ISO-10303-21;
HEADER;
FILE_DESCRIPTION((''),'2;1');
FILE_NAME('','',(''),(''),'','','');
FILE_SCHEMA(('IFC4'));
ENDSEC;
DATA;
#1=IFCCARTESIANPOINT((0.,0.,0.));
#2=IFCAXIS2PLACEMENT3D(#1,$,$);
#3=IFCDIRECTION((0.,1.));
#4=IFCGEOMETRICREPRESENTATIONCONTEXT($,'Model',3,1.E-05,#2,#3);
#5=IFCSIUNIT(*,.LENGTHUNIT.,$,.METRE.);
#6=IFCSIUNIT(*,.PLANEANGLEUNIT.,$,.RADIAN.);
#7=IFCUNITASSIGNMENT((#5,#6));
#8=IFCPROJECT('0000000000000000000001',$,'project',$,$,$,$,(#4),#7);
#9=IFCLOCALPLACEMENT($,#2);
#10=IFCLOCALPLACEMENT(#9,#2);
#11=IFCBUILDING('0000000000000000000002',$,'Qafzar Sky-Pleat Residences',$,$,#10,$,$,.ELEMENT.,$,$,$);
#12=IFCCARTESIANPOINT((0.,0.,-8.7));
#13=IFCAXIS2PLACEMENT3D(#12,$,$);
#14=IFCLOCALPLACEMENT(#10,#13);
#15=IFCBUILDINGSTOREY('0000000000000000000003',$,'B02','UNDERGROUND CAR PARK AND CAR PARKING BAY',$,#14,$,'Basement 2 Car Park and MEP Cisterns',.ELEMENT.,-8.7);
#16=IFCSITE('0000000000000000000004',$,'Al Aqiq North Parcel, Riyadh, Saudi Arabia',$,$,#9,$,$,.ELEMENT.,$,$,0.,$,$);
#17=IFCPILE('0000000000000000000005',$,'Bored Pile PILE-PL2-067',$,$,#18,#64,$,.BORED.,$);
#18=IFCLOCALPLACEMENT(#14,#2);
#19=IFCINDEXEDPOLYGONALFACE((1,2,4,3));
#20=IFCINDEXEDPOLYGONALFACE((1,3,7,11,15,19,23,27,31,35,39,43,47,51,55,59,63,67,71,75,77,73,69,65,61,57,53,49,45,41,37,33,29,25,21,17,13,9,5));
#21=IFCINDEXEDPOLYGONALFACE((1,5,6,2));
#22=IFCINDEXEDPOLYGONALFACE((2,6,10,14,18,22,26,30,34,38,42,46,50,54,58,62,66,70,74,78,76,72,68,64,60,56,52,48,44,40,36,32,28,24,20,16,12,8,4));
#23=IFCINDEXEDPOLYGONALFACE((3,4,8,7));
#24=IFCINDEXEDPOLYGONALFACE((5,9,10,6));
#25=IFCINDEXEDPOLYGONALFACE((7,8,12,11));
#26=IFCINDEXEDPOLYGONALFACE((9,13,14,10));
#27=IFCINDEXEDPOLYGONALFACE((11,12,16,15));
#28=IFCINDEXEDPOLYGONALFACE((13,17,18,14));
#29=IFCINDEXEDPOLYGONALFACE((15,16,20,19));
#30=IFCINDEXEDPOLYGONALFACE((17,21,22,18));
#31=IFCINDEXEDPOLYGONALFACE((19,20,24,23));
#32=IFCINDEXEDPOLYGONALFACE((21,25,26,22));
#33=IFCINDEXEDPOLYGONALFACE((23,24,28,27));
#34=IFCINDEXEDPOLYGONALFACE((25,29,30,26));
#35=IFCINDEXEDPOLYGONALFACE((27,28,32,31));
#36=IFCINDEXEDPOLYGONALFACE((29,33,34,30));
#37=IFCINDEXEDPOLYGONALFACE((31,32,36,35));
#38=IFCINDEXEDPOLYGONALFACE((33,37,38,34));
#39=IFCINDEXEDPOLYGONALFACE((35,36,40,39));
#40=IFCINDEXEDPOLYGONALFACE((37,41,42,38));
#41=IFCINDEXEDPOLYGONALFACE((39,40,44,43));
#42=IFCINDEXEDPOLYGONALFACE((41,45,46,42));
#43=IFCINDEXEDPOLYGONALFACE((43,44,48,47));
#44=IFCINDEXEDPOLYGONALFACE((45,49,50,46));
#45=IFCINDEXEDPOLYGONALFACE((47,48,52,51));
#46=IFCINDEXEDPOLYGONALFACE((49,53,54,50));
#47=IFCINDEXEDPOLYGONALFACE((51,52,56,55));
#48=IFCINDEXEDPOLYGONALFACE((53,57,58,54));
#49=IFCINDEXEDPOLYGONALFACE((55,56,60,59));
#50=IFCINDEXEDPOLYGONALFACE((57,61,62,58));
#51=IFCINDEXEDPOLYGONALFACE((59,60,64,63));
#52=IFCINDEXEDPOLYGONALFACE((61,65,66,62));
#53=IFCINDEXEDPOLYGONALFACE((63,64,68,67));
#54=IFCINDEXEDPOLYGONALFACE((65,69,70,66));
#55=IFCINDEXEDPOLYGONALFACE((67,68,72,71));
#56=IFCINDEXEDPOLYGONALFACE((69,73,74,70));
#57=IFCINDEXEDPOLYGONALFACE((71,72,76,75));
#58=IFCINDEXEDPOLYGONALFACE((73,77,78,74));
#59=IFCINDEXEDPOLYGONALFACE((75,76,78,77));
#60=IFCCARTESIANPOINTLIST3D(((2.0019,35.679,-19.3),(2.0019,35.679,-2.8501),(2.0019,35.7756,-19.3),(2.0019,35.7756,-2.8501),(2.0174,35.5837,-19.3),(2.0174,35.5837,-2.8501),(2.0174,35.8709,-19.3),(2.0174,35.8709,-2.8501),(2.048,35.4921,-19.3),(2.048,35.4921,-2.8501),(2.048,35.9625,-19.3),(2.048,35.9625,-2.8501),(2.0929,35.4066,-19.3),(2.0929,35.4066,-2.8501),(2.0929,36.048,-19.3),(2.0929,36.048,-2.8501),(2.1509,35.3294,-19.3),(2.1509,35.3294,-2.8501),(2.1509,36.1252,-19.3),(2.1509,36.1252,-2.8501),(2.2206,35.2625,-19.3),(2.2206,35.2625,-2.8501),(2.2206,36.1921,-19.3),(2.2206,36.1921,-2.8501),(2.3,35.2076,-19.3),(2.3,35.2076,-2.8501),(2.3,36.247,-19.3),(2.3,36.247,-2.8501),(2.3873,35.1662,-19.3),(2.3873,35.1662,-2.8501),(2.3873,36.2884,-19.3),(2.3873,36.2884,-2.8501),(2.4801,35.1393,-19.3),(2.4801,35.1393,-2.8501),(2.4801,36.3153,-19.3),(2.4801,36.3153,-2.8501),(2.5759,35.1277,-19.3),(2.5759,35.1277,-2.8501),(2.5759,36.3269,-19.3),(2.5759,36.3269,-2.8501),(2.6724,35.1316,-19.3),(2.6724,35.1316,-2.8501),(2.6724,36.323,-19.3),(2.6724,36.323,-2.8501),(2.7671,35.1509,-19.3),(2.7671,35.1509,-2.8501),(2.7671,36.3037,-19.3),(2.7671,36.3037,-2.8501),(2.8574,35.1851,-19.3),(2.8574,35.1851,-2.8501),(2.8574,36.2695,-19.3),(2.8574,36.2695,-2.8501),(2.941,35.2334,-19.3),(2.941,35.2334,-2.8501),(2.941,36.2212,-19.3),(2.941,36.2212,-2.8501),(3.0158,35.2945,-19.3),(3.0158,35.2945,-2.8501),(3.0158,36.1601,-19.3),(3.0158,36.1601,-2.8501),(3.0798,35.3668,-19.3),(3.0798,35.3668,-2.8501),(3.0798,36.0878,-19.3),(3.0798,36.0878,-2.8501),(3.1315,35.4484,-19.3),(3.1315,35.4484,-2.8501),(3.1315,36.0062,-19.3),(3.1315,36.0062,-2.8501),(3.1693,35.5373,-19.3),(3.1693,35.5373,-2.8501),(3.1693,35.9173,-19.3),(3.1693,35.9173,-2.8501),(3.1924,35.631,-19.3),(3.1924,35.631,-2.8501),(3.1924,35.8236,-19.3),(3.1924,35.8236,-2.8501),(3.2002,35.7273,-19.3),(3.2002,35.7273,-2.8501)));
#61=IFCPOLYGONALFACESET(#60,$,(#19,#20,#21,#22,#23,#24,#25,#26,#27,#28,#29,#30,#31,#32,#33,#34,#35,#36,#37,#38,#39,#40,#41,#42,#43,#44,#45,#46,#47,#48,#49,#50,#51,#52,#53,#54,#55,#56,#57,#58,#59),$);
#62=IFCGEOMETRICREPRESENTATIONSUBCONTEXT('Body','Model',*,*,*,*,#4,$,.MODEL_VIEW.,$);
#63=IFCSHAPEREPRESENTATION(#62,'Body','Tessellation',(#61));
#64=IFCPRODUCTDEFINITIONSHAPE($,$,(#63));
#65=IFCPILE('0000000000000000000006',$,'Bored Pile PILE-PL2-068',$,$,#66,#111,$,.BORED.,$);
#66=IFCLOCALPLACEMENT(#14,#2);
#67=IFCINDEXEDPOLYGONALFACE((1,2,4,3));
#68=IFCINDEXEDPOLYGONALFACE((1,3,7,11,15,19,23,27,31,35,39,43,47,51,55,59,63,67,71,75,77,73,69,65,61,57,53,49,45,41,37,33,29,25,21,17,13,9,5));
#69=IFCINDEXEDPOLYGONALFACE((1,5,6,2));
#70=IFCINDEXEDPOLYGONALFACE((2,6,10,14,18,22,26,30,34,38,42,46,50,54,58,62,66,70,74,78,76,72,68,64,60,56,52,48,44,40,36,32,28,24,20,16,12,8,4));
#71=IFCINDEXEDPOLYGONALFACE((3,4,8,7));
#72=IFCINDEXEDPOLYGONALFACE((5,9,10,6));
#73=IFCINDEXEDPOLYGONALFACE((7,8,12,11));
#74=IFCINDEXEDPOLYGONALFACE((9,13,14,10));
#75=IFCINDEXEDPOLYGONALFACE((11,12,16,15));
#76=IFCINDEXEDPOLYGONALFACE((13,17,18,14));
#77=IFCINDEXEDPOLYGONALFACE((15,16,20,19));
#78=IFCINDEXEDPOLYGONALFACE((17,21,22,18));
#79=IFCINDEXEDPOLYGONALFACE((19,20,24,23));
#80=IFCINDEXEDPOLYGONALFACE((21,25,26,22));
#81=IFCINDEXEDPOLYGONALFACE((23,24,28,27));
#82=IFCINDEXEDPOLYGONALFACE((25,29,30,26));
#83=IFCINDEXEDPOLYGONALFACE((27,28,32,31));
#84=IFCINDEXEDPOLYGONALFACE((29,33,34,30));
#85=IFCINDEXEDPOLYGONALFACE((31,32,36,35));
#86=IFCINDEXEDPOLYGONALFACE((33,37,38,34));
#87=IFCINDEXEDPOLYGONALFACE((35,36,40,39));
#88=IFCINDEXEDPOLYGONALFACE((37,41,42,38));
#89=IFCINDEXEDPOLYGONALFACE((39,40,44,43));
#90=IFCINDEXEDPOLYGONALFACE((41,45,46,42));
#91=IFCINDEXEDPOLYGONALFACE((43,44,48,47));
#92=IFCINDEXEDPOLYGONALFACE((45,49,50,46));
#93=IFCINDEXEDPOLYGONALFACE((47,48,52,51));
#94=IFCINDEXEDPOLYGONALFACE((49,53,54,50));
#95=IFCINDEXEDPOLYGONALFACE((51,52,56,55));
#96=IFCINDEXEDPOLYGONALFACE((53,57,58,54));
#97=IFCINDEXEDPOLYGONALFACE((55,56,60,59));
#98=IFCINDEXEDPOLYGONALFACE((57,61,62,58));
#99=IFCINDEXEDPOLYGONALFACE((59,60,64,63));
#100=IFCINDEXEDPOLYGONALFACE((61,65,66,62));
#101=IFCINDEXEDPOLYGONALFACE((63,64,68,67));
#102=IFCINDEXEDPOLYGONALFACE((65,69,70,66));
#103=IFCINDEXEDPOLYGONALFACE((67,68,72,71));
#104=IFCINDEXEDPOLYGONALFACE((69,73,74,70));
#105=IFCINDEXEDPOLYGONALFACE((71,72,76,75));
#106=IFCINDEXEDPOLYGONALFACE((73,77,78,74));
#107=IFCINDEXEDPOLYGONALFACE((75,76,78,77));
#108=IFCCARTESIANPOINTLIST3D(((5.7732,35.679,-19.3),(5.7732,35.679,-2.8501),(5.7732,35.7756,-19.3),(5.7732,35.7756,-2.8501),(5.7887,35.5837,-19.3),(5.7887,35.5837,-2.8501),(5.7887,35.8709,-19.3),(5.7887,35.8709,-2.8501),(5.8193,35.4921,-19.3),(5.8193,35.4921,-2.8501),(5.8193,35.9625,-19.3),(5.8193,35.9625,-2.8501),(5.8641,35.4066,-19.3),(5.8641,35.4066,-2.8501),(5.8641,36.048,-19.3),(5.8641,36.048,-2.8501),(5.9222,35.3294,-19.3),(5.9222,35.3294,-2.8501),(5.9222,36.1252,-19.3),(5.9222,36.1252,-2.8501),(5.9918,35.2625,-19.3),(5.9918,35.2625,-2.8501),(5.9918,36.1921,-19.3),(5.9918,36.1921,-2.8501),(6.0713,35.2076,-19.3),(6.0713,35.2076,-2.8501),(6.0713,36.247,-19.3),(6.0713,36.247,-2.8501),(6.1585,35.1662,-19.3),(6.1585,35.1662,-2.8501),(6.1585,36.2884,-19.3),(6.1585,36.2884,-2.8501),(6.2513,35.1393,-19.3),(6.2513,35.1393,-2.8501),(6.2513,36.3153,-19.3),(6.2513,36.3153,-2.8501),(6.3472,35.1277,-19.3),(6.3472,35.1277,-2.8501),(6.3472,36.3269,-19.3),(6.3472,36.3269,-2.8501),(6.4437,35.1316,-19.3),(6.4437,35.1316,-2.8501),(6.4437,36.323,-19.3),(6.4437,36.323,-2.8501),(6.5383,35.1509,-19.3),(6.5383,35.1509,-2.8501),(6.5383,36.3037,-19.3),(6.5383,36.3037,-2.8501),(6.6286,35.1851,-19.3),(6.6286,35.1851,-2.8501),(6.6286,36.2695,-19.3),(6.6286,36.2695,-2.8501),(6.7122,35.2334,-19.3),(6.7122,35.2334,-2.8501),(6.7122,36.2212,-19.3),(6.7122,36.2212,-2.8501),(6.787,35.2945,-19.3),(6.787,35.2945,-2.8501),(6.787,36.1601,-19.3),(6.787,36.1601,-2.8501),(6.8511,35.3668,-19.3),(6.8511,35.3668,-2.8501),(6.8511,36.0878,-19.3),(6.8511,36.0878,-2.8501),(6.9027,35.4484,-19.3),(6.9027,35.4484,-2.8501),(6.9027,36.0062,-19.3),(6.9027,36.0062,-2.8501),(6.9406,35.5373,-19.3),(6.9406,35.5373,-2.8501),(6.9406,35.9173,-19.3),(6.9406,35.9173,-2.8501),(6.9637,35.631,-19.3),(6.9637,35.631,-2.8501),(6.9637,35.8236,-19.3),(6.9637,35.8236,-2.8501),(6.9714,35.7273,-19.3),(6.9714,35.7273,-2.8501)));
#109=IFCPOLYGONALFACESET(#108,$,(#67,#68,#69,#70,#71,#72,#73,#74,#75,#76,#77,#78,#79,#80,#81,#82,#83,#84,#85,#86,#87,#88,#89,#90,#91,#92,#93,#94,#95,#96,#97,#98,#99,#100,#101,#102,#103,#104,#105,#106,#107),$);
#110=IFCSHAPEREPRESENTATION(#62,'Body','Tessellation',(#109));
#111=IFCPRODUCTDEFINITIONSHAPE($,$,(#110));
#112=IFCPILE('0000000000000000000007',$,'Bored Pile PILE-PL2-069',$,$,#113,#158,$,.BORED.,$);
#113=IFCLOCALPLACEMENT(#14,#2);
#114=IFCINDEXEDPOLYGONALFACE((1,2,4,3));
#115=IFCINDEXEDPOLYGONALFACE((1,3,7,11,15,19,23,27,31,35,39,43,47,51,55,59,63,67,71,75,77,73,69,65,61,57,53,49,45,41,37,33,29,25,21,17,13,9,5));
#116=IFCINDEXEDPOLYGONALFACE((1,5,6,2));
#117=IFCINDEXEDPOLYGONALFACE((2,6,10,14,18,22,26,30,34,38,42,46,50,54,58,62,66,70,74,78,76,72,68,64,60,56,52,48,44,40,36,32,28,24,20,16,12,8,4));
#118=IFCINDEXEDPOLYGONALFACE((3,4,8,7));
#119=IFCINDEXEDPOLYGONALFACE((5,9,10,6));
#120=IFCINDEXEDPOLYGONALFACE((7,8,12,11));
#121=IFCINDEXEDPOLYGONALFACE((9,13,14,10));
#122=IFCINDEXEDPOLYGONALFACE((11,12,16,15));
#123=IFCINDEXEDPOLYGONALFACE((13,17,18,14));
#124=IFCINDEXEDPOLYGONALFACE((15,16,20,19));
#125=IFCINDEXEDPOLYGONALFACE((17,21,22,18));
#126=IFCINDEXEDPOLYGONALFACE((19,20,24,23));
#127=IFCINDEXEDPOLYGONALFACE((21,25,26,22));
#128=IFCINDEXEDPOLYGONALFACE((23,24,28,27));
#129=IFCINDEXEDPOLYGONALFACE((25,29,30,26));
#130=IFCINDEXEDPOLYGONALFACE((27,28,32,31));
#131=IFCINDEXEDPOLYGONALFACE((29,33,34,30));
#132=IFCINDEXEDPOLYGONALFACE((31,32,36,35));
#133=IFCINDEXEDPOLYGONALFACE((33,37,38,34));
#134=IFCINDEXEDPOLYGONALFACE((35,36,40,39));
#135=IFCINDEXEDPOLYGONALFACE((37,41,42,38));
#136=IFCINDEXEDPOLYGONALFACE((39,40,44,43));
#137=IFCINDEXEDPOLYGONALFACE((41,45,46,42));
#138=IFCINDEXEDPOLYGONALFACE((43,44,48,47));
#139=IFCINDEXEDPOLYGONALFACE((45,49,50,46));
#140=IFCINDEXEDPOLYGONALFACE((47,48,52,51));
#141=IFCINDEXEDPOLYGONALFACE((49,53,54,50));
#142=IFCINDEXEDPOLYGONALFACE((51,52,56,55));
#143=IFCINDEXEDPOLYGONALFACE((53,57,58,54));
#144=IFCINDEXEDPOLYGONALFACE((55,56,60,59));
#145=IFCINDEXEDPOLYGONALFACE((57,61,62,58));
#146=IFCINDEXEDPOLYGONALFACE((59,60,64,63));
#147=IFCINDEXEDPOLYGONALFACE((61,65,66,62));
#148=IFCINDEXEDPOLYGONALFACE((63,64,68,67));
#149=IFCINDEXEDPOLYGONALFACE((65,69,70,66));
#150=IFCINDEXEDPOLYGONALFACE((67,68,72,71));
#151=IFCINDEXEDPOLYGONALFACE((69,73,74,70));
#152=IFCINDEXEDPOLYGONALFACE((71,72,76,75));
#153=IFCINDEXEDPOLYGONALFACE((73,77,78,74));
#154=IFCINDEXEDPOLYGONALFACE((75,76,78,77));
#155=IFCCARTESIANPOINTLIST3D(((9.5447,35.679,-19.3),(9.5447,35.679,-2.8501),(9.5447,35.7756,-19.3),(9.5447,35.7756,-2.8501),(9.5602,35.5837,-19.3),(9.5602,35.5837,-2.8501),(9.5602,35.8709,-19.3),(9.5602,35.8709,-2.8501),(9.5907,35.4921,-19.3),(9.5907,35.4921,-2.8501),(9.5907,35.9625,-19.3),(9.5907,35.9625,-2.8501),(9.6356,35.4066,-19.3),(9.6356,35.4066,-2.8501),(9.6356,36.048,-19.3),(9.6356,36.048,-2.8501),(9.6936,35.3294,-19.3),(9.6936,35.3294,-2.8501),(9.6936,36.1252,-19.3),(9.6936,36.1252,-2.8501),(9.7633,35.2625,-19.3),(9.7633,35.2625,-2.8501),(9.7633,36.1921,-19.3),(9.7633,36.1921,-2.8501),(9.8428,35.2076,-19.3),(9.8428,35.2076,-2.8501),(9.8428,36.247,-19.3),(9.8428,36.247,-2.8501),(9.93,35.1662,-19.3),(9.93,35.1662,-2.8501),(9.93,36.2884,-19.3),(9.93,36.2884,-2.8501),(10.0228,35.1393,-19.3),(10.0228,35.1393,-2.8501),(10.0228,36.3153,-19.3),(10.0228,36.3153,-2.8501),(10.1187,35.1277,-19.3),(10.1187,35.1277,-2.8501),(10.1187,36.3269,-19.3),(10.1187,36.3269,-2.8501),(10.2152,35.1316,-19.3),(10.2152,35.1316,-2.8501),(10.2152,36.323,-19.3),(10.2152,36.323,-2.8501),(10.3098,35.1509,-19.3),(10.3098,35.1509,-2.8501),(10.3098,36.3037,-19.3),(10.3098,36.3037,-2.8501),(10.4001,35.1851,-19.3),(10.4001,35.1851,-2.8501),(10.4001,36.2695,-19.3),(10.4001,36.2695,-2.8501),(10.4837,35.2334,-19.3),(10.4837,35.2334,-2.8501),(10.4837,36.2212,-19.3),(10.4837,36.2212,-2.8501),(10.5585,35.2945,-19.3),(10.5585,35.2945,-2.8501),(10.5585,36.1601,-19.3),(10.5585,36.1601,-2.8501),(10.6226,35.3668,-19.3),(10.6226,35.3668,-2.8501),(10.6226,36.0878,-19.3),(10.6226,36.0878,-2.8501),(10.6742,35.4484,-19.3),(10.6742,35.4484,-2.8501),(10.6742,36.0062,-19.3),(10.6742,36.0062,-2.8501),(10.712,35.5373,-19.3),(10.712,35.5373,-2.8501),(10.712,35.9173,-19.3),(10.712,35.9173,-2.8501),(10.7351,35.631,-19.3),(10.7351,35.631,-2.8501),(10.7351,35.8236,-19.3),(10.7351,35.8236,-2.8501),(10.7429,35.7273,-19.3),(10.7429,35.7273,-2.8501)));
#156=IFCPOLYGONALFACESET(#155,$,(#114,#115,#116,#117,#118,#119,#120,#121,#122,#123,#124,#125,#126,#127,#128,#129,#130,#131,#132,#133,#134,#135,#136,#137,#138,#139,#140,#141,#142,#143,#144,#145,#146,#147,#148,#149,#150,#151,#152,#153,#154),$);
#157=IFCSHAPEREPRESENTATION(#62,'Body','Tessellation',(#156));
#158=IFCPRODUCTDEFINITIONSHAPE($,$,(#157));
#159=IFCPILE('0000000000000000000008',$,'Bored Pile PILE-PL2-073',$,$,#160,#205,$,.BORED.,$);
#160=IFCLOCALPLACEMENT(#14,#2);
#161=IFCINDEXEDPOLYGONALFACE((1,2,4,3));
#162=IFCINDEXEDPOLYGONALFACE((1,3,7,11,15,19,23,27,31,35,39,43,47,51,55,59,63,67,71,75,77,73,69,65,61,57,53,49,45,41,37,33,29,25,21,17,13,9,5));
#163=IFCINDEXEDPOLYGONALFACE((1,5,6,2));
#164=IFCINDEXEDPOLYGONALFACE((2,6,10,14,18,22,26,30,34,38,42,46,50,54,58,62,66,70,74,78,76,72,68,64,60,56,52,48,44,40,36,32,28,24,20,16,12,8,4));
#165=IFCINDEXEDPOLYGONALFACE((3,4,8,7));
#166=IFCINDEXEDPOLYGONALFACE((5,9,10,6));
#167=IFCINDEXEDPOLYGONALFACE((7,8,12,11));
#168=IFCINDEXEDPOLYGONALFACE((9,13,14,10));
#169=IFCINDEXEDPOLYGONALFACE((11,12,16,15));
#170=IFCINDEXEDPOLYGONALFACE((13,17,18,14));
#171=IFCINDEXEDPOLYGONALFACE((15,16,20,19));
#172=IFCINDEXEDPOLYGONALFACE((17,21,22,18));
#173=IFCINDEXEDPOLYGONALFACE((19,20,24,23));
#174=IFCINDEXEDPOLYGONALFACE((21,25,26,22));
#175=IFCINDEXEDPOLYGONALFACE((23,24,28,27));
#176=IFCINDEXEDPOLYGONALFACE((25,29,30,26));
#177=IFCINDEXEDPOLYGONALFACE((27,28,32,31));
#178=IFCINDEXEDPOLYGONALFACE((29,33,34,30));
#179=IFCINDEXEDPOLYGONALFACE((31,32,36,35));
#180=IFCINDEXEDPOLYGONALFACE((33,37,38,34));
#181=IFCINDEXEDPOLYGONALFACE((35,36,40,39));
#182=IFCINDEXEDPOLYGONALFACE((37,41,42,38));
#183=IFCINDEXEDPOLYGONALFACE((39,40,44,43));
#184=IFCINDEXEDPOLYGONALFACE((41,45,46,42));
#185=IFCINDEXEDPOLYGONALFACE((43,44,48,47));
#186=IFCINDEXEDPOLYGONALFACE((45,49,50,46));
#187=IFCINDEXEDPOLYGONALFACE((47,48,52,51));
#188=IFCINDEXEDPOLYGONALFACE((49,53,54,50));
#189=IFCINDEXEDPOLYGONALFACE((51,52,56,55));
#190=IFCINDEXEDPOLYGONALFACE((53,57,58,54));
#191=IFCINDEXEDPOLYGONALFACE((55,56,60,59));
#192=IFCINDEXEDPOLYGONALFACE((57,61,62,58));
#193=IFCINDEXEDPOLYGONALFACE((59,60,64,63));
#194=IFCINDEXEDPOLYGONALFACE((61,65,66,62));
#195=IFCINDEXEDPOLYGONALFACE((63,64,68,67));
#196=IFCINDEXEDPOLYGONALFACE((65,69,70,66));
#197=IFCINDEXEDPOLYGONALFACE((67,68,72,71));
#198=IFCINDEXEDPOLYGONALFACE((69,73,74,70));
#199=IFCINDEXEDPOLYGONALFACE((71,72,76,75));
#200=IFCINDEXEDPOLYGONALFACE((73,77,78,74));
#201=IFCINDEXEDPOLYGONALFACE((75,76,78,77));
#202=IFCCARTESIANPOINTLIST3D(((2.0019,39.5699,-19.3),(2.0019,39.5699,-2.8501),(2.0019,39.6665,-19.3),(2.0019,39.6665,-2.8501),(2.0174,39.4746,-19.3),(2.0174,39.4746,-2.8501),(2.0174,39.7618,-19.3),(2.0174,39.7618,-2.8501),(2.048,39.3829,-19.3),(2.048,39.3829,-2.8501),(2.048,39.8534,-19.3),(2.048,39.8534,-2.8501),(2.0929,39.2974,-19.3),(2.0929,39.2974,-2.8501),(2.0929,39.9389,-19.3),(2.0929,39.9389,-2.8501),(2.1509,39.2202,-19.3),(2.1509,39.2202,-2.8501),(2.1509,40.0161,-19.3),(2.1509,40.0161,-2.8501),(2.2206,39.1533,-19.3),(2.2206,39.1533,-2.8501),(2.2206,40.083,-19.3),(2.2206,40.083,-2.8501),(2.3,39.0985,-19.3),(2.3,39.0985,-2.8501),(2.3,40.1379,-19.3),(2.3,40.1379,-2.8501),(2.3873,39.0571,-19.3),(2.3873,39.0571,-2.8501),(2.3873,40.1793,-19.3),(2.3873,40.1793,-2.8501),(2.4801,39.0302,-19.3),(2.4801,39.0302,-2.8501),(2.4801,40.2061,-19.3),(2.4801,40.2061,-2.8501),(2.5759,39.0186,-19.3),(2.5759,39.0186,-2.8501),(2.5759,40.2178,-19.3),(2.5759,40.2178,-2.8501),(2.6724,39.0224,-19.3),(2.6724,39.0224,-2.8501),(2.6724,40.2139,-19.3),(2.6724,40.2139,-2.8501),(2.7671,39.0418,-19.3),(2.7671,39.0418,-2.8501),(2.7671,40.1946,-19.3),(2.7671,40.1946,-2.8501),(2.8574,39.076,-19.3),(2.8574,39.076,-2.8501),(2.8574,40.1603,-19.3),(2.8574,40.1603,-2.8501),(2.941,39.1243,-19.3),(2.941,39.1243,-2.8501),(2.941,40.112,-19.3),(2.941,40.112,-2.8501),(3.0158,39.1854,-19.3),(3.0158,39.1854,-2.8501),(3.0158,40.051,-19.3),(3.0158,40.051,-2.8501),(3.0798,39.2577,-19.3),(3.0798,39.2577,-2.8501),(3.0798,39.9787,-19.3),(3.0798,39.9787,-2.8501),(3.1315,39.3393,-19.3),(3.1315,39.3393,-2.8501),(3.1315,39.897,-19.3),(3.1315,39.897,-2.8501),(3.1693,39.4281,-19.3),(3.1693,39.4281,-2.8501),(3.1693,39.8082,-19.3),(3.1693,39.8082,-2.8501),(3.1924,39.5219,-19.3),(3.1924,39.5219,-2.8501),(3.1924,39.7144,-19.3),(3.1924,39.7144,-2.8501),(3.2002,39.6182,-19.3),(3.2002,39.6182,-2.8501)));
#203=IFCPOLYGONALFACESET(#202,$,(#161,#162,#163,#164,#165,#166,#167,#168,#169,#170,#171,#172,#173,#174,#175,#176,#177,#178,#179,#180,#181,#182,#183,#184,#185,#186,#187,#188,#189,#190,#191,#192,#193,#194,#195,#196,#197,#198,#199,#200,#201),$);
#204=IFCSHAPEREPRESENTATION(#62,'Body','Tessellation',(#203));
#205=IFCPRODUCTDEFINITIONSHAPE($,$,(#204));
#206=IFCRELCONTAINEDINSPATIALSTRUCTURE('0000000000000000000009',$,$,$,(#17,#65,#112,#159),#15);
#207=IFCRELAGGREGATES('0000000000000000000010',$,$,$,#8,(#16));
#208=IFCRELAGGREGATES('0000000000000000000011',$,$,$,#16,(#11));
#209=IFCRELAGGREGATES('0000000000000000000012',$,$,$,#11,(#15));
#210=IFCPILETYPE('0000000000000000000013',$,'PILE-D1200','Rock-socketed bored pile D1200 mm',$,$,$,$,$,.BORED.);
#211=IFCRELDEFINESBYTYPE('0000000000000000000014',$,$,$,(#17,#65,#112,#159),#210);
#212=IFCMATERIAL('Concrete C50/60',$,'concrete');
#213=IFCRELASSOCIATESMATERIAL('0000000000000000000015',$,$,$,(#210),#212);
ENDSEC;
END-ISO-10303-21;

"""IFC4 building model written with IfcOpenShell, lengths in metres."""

from ifc_helpers import new_model, si_unit, direction, frame, origin, origin_2d, place, context, subcontext, project, spatial, circle, extrude, source, transform, mapped, material, material_profile, profile_set, type_object, element, save


model = new_model("IFC4")

# Units and contexts
model_context = context("Model", 3, precision=1e-05, world=origin(), true_north=direction((0.0, 1.0)))
body_context = subcontext(model_context, "Body", "Model", "MODEL_VIEW")
ifc_project = project(units=[si_unit("LENGTHUNIT", "METRE"), si_unit("PLANEANGLEUNIT", "RADIAN")], contexts=[model_context])

# Site, building, storey
site_placement = place(None, origin())
site = spatial("IfcSite", under=ifc_project, at=site_placement, Name="Al Aqiq North Parcel, Riyadh, Saudi Arabia", CompositionType="ELEMENT", RefElevation=0.0)
building_placement = place(site_placement, origin())
building = spatial("IfcBuilding", under=site, at=building_placement, Name="Qafzar Sky-Pleat Residences", CompositionType="ELEMENT")
storey_placement = place(building_placement, frame((0.0, 0.0, -8.7)))
storey = spatial("IfcBuildingStorey", under=building, at=storey_placement, Name="B02", Description="UNDERGROUND CAR PARK AND CAR PARKING BAY", LongName="Basement 2 Car Park and MEP Cisterns", CompositionType="ELEMENT", Elevation=-8.7)

# Piles
ifc_material_1 = material(Name="Concrete C50/60", Category="concrete")
ifc_material_profile_1 = material_profile(ifc_material_1, circle(Radius=0.6001, at=origin_2d()), Name="PILE D1200")
ifc_profile_set_1 = profile_set([ifc_material_profile_1], Name="Concrete C50/60")
pile_type = type_object("IfcPileType", Name="PILE-D1200", Description="Rock-socketed bored pile D1200 mm", PredefinedType="BORED", material=ifc_profile_set_1)
shared_shape_1 = source(origin(), body_context, "Body", "SweptSolid", [
    extrude(circle(Radius=0.6001, at=origin_2d()), origin(), (0.0, 0.0, 1.0), 16.45),
])
for number, where, z_axis, x_axis, name in (
    (1, (2.6001, 35.7273, -2.8501), (0.0, 0.0, -1.0), (1.0, 0.0, 0.0), "Bored Pile PILE-PL2-067"),
    (2, (6.3713, 35.7273, -2.8501), (0.0, 0.0, -1.0), (1.0, 0.0, 0.0), "Bored Pile PILE-PL2-068"),
    (3, (10.1428, 35.7273, -2.8501), (0.0, 0.0, -1.0), (1.0, 0.0, 0.0), "Bored Pile PILE-PL2-069"),
    (4, (2.6001, 39.6182, -2.8501), (0.0, 0.0, -1.0), (1.0, 0.0, 0.0), "Bored Pile PILE-PL2-073"),
):
    element("IfcPile", number, at=place(storey_placement, frame(where, z_axis=z_axis, x_axis=x_axis)), inside=storey, type_object=pile_type, Name=name, PredefinedType="BORED", context=body_context, shape_type="MappedRepresentation", body=[
        mapped(shared_shape_1, transform((0.0, 0.0, 0.0), x_axis=(1.0, 0.0, 0.0), y_axis=(0.0, 1.0, 0.0), z_axis=(0.0, 0.0, 1.0), scale=1.0)),
    ])

save(model, "model.ifc")
